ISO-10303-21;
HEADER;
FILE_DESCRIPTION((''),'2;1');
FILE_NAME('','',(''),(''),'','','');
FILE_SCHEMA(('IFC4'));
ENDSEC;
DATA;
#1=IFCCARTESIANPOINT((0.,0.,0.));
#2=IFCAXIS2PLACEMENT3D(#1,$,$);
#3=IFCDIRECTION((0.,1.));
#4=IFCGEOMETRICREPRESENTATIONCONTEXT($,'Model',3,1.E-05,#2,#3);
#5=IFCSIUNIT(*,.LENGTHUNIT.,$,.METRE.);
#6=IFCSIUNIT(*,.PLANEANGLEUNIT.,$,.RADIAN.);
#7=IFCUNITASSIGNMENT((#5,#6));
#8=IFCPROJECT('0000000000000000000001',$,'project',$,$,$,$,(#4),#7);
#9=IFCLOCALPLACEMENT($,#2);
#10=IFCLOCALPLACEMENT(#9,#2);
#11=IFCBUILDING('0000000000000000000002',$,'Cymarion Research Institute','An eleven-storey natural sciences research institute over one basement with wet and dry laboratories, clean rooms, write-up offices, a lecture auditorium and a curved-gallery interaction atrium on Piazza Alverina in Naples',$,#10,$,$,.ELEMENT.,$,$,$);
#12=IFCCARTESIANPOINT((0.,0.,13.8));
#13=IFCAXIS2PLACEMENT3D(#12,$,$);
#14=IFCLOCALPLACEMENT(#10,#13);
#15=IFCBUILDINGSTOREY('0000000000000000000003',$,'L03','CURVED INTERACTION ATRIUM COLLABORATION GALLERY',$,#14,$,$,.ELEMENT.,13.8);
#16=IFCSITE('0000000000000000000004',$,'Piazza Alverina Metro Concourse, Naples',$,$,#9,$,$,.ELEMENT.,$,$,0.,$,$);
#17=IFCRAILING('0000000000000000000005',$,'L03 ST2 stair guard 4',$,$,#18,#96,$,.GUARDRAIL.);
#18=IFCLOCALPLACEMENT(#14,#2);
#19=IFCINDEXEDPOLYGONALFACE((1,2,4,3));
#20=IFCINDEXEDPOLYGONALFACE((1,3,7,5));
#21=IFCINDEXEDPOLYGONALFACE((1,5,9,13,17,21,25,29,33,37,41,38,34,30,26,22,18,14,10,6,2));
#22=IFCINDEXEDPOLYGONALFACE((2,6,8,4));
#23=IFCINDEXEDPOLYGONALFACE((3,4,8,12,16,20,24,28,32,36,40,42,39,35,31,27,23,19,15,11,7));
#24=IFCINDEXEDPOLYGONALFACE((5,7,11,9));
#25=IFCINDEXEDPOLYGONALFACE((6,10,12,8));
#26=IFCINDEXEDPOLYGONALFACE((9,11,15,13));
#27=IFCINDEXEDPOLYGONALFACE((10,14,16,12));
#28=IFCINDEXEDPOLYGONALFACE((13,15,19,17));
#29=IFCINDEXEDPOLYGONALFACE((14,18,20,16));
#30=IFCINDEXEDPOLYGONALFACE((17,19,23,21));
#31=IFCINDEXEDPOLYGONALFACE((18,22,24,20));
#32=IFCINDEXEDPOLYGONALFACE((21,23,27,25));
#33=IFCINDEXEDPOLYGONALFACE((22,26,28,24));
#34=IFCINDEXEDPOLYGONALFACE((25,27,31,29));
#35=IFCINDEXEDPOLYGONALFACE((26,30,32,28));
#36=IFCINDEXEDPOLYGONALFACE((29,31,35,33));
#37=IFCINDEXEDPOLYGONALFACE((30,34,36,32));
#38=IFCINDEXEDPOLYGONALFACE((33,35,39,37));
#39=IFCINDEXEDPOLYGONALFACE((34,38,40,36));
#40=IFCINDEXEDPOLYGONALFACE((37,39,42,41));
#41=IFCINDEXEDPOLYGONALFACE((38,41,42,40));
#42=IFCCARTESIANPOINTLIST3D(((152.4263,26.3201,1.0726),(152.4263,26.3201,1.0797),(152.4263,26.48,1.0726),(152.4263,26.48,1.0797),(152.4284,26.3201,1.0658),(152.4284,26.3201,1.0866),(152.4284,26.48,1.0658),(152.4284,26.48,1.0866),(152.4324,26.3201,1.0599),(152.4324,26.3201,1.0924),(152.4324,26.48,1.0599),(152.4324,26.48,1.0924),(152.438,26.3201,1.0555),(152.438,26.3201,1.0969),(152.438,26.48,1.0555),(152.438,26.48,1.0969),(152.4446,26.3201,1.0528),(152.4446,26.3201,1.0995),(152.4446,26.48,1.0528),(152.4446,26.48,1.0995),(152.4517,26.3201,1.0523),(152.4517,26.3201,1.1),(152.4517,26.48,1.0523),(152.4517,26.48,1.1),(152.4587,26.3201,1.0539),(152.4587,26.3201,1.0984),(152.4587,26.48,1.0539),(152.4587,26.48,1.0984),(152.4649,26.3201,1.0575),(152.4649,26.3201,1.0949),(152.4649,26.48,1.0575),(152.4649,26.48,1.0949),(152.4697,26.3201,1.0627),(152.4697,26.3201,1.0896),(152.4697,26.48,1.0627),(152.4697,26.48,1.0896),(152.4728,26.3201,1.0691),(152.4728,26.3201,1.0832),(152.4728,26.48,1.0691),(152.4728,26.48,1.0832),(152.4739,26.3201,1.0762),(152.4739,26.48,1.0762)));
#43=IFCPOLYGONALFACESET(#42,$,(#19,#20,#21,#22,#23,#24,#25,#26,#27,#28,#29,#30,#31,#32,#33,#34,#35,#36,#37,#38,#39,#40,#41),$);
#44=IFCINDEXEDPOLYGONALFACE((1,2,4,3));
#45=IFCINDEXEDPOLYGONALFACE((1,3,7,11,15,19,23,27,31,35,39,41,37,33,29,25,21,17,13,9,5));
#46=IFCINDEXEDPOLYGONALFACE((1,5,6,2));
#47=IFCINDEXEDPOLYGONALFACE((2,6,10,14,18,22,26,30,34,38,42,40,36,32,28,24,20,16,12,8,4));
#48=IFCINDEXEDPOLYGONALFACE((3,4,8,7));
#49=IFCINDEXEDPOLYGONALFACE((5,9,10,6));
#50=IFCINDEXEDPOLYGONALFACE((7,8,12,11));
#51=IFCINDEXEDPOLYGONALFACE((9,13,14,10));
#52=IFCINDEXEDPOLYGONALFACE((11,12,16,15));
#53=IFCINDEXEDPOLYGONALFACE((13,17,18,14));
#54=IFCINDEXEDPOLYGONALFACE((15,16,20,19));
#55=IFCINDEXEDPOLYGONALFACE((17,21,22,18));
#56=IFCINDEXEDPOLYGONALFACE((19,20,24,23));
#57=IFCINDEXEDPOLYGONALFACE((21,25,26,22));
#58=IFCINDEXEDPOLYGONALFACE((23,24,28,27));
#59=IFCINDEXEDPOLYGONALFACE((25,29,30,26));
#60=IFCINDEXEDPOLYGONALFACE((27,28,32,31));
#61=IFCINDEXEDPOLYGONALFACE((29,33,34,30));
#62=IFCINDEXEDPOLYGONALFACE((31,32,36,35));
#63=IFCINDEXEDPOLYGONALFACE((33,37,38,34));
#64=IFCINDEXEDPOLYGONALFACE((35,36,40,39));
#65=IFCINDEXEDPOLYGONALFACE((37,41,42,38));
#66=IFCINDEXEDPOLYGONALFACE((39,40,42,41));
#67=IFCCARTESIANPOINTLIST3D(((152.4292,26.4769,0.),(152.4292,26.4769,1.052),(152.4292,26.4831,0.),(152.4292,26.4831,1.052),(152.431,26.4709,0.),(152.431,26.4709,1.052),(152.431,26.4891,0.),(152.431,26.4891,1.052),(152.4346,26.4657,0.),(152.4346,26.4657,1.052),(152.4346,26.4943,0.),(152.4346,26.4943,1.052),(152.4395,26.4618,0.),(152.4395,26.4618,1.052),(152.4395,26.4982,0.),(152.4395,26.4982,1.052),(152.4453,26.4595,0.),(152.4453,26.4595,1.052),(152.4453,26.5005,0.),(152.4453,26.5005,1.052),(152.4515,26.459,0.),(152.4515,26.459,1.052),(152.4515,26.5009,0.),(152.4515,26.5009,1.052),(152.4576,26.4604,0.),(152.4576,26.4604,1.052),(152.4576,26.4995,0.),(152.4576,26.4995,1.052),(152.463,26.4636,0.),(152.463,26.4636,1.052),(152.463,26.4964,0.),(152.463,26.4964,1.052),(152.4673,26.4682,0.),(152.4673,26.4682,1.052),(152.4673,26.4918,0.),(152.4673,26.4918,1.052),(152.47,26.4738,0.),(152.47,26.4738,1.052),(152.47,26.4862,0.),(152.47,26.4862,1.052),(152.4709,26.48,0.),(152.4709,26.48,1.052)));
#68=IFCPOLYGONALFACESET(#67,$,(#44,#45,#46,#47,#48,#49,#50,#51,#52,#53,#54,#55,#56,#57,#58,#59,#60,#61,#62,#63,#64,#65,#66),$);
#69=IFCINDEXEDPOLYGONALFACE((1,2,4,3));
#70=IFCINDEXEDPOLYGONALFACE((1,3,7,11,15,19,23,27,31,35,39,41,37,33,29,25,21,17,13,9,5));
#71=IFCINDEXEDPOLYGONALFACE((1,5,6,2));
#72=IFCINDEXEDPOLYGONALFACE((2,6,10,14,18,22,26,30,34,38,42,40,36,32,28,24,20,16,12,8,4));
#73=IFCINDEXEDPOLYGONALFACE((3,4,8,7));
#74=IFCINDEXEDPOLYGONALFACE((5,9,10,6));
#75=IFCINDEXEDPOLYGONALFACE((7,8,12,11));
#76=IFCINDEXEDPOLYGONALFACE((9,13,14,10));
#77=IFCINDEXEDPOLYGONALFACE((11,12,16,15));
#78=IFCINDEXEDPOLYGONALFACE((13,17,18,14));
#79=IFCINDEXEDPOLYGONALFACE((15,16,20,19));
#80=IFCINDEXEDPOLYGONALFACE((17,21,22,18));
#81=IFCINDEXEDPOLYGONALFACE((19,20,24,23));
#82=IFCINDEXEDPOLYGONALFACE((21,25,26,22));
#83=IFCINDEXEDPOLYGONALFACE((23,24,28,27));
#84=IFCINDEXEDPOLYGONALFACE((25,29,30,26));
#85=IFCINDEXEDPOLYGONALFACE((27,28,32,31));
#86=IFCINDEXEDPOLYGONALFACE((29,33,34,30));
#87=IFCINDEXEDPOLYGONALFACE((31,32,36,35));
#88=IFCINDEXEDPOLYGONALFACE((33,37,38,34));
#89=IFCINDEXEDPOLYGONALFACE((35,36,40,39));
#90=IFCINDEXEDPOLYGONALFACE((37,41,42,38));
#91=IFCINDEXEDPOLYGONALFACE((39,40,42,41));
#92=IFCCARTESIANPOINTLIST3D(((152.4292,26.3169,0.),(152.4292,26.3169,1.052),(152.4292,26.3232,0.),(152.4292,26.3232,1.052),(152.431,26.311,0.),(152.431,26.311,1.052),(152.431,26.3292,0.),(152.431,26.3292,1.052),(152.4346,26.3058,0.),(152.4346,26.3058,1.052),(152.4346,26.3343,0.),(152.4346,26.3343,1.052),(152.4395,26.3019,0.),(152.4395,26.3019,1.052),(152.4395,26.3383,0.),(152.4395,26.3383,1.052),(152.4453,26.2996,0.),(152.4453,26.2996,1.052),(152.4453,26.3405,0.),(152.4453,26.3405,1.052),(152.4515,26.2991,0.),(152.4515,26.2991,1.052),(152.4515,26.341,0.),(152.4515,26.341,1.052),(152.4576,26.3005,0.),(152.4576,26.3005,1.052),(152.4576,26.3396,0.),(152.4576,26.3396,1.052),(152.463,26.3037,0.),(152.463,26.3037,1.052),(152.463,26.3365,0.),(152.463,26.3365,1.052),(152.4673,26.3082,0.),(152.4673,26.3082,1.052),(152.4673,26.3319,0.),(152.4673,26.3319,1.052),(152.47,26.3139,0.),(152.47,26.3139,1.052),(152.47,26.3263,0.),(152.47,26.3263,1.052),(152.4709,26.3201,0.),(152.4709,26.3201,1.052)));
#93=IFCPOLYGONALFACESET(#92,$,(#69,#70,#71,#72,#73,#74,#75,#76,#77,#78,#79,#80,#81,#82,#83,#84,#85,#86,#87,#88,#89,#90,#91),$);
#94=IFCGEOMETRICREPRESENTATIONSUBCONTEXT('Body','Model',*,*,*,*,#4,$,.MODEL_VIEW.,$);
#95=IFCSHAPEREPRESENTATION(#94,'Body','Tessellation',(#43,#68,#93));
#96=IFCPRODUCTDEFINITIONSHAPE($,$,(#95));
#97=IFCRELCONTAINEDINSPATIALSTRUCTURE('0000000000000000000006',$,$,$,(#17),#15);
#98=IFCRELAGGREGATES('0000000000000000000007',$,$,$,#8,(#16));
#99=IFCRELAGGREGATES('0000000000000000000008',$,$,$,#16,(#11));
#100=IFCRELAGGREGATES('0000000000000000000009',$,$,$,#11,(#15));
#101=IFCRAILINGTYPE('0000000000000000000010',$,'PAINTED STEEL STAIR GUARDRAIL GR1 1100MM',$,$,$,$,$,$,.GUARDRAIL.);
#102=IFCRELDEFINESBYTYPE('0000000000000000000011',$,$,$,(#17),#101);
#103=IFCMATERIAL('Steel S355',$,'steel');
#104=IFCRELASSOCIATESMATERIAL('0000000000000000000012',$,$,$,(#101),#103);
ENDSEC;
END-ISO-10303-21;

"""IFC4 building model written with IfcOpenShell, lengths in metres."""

from ifc_helpers import new_model, si_unit, direction, frame, origin, origin_2d, place, context, subcontext, project, spatial, circle, extrude, material, type_object, element, save


model = new_model("IFC4")

# Units and contexts
model_context = context("Model", 3, precision=1e-05, world=origin(), true_north=direction((0.0, 1.0)))
body_context = subcontext(model_context, "Body", "Model", "MODEL_VIEW")
ifc_project = project(units=[si_unit("LENGTHUNIT", "METRE"), si_unit("PLANEANGLEUNIT", "RADIAN")], contexts=[model_context])

# Site, building, storey
site_placement = place(None, origin())
site = spatial("IfcSite", under=ifc_project, at=site_placement, Name="Piazza Alverina Metro Concourse, Naples", CompositionType="ELEMENT", RefElevation=0.0)
building_placement = place(site_placement, origin())
building = spatial("IfcBuilding", under=site, at=building_placement, Name="Cymarion Research Institute", Description="An eleven-storey natural sciences research institute over one basement with wet and dry laboratories, clean rooms, write-up offices, a lecture auditorium and a curved-gallery interaction atrium on Piazza Alverina in Naples", CompositionType="ELEMENT")
storey_placement = place(building_placement, frame((0.0, 0.0, 13.8)))
storey = spatial("IfcBuildingStorey", under=building, at=storey_placement, Name="L03", Description="CURVED INTERACTION ATRIUM COLLABORATION GALLERY", CompositionType="ELEMENT", Elevation=13.8)

# Shared definitions
ifc_material_1 = material(Name="Steel S355", Category="steel")

# Railing
railing_type_1 = type_object("IfcRailingType", Name="PAINTED STEEL STAIR GUARDRAIL GR1 1100MM", PredefinedType="GUARDRAIL", material=ifc_material_1)
railing_1_placement = place(storey_placement, frame((152.45, 26.48, 0.0)))
element("IfcRailing", 1, at=railing_1_placement, inside=storey, type_object=railing_type_1, Name="L03 ST2 stair guard 4", PredefinedType="GUARDRAIL", context=body_context, shape_type="SweptSolid", body=[
    extrude(circle(Radius=0.0239, at=origin_2d()), frame((0.0, 0.0, 1.0762), z_axis=(0.0, -1.0, 0.0), x_axis=(1.0, 0.0, 0.0)), (0.0, 0.0, 1.0), 0.1599),
    extrude(circle(Radius=0.021, at=origin_2d()), origin(), (0.0, 0.0, 1.0), 1.052),
    extrude(circle(Radius=0.021, at=origin_2d()), frame((0.0, -0.1599, 0.0)), (0.0, 0.0, 1.0), 1.052),
])

save(model, "model.ifc")
